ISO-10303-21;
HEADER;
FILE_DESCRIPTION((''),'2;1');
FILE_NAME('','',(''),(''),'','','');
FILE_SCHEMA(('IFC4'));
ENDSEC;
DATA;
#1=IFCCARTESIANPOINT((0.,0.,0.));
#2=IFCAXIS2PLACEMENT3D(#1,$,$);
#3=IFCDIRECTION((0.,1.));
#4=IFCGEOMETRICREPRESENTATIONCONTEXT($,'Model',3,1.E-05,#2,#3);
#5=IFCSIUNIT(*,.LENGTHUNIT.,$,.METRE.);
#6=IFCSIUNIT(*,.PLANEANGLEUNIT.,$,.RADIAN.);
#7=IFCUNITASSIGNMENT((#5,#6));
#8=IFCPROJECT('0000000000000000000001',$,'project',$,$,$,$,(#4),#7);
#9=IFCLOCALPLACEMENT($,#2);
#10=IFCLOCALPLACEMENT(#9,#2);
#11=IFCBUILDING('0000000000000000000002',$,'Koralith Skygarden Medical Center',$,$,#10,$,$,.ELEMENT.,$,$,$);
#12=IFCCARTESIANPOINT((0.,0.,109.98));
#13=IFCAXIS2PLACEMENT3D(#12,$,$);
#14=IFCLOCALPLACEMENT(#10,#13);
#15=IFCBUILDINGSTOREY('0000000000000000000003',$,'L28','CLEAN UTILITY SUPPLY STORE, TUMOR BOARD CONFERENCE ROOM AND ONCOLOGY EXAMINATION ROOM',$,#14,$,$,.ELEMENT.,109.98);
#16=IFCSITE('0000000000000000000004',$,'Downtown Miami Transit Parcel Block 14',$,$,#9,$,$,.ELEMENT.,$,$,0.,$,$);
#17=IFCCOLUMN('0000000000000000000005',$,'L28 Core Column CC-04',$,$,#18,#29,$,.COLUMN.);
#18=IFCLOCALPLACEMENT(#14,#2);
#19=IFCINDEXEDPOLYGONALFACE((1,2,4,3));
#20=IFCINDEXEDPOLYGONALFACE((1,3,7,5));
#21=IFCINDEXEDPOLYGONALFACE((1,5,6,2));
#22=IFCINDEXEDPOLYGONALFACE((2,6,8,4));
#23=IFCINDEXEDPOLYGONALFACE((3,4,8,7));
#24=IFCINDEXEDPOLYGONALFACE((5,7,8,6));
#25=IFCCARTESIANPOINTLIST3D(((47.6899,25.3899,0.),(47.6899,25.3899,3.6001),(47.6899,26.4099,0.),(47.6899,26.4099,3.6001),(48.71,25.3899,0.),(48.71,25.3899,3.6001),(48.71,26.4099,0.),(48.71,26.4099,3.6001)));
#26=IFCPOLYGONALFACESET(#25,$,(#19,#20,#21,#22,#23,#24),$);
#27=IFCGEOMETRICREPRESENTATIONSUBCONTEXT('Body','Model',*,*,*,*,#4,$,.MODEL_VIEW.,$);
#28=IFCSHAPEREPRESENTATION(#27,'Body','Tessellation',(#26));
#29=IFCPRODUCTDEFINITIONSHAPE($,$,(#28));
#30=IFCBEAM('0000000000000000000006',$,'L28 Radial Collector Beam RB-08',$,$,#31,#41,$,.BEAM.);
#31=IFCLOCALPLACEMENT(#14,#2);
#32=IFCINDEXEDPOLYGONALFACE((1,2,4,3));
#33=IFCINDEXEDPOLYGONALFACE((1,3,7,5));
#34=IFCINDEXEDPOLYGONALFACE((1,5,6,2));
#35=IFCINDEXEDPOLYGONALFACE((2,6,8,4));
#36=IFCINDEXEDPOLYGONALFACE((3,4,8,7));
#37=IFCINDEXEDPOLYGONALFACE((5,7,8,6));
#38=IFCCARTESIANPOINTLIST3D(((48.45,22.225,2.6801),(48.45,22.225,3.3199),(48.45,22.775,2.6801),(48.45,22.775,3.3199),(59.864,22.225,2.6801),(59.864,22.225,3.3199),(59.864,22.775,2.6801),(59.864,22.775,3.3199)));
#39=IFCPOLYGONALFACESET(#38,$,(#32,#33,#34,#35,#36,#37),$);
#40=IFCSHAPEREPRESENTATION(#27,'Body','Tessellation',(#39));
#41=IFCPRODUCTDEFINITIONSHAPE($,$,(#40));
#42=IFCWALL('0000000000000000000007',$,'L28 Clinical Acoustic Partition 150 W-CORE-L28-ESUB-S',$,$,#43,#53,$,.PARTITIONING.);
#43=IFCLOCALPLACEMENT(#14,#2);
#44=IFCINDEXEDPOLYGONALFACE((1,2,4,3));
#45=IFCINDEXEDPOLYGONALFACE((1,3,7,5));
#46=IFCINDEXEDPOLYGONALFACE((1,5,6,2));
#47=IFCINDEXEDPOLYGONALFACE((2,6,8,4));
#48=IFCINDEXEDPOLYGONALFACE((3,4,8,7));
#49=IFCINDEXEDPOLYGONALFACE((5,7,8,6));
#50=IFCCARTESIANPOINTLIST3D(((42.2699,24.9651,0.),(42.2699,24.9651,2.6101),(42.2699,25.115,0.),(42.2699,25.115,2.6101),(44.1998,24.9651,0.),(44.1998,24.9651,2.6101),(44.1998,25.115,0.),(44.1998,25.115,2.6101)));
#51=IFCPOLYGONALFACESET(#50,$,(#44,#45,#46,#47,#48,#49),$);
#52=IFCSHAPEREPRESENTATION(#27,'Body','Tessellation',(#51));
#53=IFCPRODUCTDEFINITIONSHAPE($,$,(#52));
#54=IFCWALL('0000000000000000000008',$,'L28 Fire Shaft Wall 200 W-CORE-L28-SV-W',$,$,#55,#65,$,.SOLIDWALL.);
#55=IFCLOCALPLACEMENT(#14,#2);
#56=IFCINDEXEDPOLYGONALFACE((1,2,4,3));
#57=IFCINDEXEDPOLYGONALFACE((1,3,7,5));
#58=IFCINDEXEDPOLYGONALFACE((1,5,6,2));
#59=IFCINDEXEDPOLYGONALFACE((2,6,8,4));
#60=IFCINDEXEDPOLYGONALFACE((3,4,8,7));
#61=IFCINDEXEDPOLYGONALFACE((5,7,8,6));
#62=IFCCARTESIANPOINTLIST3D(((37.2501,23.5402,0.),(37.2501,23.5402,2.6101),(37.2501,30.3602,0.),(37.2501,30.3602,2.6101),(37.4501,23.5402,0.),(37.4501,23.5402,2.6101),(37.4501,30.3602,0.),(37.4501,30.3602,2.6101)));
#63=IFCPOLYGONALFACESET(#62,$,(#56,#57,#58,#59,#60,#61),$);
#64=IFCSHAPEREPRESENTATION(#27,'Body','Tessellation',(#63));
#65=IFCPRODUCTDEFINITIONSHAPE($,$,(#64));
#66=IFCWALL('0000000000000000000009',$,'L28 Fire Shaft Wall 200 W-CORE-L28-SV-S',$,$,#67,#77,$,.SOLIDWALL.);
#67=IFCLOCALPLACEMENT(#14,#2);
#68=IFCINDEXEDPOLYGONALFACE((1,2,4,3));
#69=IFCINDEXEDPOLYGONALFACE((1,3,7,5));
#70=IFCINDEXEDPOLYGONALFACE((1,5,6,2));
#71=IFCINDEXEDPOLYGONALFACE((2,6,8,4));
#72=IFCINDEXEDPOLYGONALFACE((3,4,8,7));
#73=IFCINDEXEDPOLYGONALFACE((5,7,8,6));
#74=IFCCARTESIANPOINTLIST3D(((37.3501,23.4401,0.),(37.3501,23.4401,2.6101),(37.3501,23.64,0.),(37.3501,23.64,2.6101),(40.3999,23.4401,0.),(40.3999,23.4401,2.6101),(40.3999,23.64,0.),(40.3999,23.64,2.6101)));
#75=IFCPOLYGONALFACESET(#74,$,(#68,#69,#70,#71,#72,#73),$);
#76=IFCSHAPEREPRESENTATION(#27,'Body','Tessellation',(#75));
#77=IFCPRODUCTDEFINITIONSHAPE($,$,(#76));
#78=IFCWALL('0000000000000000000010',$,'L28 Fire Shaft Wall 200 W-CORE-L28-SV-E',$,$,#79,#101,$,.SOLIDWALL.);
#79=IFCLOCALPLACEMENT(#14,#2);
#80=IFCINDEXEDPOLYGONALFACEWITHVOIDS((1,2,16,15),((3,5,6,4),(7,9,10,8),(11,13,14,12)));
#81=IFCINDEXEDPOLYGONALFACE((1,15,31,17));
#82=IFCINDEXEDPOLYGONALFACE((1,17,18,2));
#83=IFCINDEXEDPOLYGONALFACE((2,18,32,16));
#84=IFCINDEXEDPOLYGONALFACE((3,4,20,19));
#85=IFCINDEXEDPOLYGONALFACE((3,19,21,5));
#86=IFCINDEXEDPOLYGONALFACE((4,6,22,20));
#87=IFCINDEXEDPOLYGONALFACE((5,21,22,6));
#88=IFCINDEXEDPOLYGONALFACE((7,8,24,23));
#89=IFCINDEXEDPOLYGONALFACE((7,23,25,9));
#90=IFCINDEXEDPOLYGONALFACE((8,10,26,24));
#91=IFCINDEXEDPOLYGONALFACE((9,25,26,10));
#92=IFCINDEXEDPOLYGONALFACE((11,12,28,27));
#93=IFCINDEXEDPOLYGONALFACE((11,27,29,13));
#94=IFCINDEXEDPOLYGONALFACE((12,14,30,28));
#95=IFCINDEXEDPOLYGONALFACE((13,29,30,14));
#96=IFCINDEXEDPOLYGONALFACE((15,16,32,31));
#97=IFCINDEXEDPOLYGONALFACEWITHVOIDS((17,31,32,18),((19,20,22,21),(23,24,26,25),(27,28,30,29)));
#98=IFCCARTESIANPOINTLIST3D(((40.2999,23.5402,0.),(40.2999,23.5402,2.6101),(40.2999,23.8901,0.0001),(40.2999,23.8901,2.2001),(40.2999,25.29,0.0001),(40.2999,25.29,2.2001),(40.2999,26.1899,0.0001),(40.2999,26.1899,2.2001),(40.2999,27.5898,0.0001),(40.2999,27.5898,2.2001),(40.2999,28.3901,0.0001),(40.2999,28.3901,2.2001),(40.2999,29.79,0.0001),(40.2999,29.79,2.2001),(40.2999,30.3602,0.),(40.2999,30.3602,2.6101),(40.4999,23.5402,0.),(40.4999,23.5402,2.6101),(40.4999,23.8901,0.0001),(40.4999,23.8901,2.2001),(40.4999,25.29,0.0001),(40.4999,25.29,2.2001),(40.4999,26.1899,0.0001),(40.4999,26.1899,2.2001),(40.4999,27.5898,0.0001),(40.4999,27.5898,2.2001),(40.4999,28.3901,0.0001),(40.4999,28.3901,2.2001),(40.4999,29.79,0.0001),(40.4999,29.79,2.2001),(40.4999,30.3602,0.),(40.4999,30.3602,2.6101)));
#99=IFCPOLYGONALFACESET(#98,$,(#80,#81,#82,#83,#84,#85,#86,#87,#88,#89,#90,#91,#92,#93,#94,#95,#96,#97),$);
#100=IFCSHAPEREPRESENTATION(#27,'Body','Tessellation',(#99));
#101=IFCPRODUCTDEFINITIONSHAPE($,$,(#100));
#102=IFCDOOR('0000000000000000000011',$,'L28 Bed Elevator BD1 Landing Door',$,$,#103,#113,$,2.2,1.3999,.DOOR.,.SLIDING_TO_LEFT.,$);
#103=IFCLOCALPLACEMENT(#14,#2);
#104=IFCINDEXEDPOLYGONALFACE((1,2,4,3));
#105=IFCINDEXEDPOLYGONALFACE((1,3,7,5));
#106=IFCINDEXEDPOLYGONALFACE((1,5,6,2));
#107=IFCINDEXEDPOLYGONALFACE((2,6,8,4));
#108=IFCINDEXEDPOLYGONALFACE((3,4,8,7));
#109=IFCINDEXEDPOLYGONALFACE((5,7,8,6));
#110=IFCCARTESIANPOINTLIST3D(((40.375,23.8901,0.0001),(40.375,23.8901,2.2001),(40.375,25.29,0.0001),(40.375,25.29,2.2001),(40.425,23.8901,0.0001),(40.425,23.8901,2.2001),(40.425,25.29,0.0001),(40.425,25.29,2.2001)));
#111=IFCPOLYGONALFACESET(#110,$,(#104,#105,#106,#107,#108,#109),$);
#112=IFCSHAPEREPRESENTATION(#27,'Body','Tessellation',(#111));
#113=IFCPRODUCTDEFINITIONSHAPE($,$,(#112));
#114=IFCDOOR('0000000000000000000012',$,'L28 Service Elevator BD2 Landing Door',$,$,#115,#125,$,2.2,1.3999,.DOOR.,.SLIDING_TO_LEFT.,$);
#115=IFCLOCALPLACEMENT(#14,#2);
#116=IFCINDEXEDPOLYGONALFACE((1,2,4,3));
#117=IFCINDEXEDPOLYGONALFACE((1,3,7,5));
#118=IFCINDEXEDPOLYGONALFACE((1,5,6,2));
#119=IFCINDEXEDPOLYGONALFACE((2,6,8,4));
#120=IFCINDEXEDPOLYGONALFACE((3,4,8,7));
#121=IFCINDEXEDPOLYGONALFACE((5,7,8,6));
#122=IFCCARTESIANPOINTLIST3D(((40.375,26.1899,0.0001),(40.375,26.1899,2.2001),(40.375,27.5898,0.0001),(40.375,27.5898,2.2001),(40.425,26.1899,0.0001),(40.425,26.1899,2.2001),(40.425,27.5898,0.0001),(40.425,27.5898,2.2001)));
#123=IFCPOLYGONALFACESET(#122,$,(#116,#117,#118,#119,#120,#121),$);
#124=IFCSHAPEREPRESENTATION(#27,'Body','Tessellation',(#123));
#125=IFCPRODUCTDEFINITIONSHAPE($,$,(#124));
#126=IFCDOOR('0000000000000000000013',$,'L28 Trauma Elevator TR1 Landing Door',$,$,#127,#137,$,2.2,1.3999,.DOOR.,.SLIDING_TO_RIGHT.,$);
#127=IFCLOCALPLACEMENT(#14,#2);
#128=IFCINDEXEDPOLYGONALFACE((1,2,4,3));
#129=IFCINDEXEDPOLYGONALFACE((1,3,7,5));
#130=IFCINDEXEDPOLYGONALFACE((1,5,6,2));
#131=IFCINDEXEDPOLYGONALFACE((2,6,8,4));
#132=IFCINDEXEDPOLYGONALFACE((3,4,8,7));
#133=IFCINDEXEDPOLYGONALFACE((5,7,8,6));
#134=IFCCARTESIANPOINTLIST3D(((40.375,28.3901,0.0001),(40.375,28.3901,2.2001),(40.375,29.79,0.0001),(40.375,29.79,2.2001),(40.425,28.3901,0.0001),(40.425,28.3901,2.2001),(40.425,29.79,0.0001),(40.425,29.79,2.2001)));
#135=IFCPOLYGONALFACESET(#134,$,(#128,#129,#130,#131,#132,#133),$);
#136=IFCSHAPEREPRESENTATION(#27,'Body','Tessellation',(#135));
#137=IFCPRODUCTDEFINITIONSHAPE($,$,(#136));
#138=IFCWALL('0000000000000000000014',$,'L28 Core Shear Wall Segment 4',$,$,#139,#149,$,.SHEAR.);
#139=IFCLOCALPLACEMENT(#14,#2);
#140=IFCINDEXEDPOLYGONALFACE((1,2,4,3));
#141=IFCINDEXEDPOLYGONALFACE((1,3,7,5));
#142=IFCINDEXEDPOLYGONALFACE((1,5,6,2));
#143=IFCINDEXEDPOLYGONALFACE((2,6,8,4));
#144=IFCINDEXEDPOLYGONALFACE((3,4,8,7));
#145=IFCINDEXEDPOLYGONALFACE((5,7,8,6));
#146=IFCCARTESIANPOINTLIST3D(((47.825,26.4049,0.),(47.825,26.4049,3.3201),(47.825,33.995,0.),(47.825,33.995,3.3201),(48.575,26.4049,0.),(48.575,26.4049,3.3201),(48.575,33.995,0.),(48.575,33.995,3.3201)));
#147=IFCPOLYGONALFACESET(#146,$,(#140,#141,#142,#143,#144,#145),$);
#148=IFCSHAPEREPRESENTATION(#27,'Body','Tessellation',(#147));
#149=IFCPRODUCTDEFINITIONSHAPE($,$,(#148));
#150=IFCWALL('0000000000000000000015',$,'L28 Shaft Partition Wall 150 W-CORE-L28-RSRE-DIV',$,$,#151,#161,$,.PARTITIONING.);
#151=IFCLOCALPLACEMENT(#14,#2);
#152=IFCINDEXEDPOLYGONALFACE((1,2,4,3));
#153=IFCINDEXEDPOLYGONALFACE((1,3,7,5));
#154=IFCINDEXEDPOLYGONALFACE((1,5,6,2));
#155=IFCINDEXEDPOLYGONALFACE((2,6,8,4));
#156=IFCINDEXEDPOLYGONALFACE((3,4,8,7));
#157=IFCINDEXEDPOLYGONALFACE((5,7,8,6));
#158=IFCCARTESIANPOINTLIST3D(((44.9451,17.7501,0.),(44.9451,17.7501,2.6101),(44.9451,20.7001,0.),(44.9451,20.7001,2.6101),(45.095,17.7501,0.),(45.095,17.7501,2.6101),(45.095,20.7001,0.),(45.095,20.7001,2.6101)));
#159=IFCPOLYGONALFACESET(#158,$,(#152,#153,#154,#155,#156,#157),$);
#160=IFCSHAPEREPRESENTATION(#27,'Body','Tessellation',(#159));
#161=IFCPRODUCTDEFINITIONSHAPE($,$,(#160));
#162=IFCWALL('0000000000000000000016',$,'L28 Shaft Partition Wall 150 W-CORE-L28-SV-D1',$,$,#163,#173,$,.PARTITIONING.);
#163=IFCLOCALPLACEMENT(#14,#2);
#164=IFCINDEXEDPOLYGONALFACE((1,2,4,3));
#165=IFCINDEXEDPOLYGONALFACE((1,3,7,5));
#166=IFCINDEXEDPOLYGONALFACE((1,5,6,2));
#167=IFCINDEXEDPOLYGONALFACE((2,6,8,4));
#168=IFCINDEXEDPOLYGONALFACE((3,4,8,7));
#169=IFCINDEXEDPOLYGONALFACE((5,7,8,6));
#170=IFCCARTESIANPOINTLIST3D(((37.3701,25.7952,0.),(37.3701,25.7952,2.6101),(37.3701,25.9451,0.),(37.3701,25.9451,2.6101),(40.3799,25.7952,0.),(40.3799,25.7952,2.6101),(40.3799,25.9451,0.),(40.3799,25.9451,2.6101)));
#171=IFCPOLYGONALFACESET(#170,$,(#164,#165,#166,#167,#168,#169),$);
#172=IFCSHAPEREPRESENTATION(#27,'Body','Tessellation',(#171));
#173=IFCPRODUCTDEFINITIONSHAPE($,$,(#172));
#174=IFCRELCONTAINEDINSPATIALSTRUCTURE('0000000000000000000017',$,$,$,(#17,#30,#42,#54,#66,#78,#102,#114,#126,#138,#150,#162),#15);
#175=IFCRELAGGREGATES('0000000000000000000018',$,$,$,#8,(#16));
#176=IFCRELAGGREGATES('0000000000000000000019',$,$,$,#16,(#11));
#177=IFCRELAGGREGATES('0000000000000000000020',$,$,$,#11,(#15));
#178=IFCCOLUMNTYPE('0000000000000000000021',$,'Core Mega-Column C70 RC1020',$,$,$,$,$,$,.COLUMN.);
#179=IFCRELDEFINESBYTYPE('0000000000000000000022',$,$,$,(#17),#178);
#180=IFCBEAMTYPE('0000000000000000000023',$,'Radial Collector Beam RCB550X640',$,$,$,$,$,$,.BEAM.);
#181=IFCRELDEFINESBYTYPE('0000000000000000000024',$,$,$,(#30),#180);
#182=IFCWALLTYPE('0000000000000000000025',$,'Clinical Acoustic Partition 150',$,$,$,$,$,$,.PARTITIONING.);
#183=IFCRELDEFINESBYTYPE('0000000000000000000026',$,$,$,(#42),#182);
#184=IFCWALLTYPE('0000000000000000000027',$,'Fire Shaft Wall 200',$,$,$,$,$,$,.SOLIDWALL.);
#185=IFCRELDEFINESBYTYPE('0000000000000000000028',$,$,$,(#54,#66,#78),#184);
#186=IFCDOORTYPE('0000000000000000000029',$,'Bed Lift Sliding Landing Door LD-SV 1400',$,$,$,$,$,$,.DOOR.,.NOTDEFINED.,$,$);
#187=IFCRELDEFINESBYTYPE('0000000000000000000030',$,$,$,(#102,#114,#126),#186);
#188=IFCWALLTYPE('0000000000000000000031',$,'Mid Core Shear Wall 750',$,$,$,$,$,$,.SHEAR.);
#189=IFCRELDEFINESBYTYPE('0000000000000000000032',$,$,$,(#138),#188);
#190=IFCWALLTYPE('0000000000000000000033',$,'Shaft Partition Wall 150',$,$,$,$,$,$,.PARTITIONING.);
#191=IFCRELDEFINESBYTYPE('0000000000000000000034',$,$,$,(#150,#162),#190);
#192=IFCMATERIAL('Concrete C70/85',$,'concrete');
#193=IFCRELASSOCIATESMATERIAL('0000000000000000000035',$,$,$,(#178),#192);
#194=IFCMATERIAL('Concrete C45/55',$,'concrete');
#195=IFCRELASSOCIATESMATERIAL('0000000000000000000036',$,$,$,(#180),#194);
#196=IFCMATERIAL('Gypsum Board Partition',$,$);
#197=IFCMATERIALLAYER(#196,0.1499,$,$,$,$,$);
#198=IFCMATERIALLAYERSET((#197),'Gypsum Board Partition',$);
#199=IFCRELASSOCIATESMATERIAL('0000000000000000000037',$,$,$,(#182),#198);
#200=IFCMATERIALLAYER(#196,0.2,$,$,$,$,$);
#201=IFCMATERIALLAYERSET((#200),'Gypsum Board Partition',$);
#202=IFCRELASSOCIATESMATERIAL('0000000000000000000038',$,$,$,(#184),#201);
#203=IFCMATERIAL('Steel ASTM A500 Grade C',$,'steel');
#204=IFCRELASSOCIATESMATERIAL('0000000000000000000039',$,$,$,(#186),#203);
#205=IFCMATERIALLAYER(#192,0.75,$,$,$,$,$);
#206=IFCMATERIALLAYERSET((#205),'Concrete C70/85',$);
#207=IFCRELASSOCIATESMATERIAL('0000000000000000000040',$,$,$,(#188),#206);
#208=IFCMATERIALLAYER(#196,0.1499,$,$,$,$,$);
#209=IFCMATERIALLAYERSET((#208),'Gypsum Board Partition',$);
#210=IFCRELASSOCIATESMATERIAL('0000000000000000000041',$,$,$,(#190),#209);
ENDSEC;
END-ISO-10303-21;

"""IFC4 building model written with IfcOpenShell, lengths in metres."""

from ifc_helpers import new_model, si_unit, direction, frame, frame_2d, origin, origin_2d, place, context, subcontext, project, spatial, rectangle, extrude, material, layer, layer_set, material_profile, profile_set, type_object, element, fill, save


model = new_model("IFC4")

# Units and contexts
model_context = context("Model", 3, precision=1e-05, world=origin(), true_north=direction((0.0, 1.0)))
body_context = subcontext(model_context, "Body", "Model", "MODEL_VIEW")
ifc_project = project(units=[si_unit("LENGTHUNIT", "METRE"), si_unit("PLANEANGLEUNIT", "RADIAN")], contexts=[model_context])

# Site, building, storey
site_placement = place(None, origin())
site = spatial("IfcSite", under=ifc_project, at=site_placement, Name="Downtown Miami Transit Parcel Block 14", CompositionType="ELEMENT", RefElevation=0.0)
building_placement = place(site_placement, origin())
building = spatial("IfcBuilding", under=site, at=building_placement, Name="Koralith Skygarden Medical Center", CompositionType="ELEMENT")
storey_placement = place(building_placement, frame((0.0, 0.0, 109.98)))
storey = spatial("IfcBuildingStorey", under=building, at=storey_placement, Name="L28", Description="CLEAN UTILITY SUPPLY STORE, TUMOR BOARD CONFERENCE ROOM AND ONCOLOGY EXAMINATION ROOM", CompositionType="ELEMENT", Elevation=109.98)

# Column
ifc_material_1 = material(Name="Concrete C70/85", Category="concrete")
ifc_material_profile_1 = material_profile(ifc_material_1, rectangle(XDim=1.02, YDim=1.02, at=origin_2d()), Name="RC1020X1020")
ifc_profile_set_1 = profile_set([ifc_material_profile_1], Name="Concrete C70/85")
column_type = type_object("IfcColumnType", Name="Core Mega-Column C70 RC1020", PredefinedType="COLUMN", material=ifc_profile_set_1)
column_placement = place(storey_placement, frame((48.2, 25.8999, 0.0), z_axis=(0.0, 0.0, 1.0), x_axis=(1.0, 0.0, 0.0)))
element("IfcColumn", 1, at=column_placement, inside=storey, type_object=column_type, Name="L28 Core Column CC-04", PredefinedType="COLUMN", context=body_context, shape_type="SweptSolid", body=[
    extrude(rectangle(XDim=1.02, YDim=1.02, at=origin_2d()), origin(), (0.0, 0.0, 1.0), 3.6001),
])

# Beam
ifc_material_2 = material(Name="Concrete C45/55", Category="concrete")
ifc_material_profile_2 = material_profile(ifc_material_2, rectangle(XDim=0.55, YDim=0.6399, at=origin_2d()), Name="RCB550X640")
ifc_profile_set_2 = profile_set([ifc_material_profile_2], Name="Concrete C45/55")
beam_type = type_object("IfcBeamType", Name="Radial Collector Beam RCB550X640", PredefinedType="BEAM", material=ifc_profile_set_2)
beam_placement = place(storey_placement, frame((48.45, 22.5, 3.0), z_axis=(1.0, 0.0, 0.0), x_axis=(0.0, 1.0, 0.0)))
element("IfcBeam", 2, at=beam_placement, inside=storey, type_object=beam_type, Name="L28 Radial Collector Beam RB-08", PredefinedType="BEAM", context=body_context, shape_type="SweptSolid", body=[
    extrude(rectangle(XDim=0.55, YDim=0.6399, at=origin_2d()), origin(), (0.0, 0.0, 1.0), 11.4141),
])

# Shared definitions
ifc_material_3 = material(Name="Gypsum Board Partition")
ifc_layer_1 = layer(ifc_material_3, 0.1499)
ifc_layer_set_1 = layer_set([ifc_layer_1], Name="Gypsum Board Partition")
wall_type_1 = type_object("IfcWallType", Name="Clinical Acoustic Partition 150", PredefinedType="PARTITIONING", material=ifc_layer_set_1)

# Wall
wall_1_placement = place(storey_placement, frame((42.27, 25.04, 0.0), z_axis=(0.0, 0.0, 1.0), x_axis=(1.0, 0.0, 0.0)))
element("IfcWall", 3, at=wall_1_placement, inside=storey, type_object=wall_type_1, Name="L28 Clinical Acoustic Partition 150 W-CORE-L28-ESUB-S", PredefinedType="PARTITIONING", context=body_context, shape_type="SweptSolid", body=[
    extrude(rectangle(XDim=1.9299, YDim=0.1499, at=frame_2d((0.9648, 0.0))), origin(), (0.0, 0.0, 1.0), 2.6101),
])

# Shared definitions
ifc_layer_2 = layer(ifc_material_3, 0.2)
ifc_layer_set_2 = layer_set([ifc_layer_2], Name="Gypsum Board Partition")
wall_type_2 = type_object("IfcWallType", Name="Fire Shaft Wall 200", PredefinedType="SOLIDWALL", material=ifc_layer_set_2)
ifc_material_4 = material(Name="Steel ASTM A500 Grade C", Category="steel")

# Walls
wall_2_placement = place(storey_placement, frame((37.3501, 23.54, 0.0), z_axis=(0.0, 0.0, 1.0), x_axis=(0.0, 1.0, 0.0)))
element("IfcWall", 4, at=wall_2_placement, inside=storey, type_object=wall_type_2, Name="L28 Fire Shaft Wall 200 W-CORE-L28-SV-W", PredefinedType="SOLIDWALL", context=body_context, shape_type="SweptSolid", body=[
    extrude(rectangle(XDim=6.8201, YDim=0.2, at=frame_2d((3.4102, 0.0))), origin(), (0.0, 0.0, 1.0), 2.6101),
])
wall_3_placement = place(storey_placement, frame((37.3501, 23.54, 0.0), z_axis=(0.0, 0.0, 1.0), x_axis=(1.0, 0.0, 0.0)))
element("IfcWall", 5, at=wall_3_placement, inside=storey, type_object=wall_type_2, Name="L28 Fire Shaft Wall 200 W-CORE-L28-SV-S", PredefinedType="SOLIDWALL", context=body_context, shape_type="SweptSolid", body=[
    extrude(rectangle(XDim=3.0498, YDim=0.2, at=frame_2d((1.5249, 0.0))), origin(), (0.0, 0.0, 1.0), 2.6101),
])

# Wall, openings, doors
wall_4_placement = place(storey_placement, frame((40.3999, 23.54, 0.0), z_axis=(0.0, 0.0, 1.0), x_axis=(0.0, 1.0, 0.0)))
wall_4 = element("IfcWall", 6, at=wall_4_placement, inside=storey, type_object=wall_type_2, Name="L28 Fire Shaft Wall 200 W-CORE-L28-SV-E", PredefinedType="SOLIDWALL", context=body_context, shape_type="SweptSolid", body=[
    extrude(rectangle(XDim=6.8201, YDim=0.2, at=frame_2d((3.4102, 0.0))), origin(), (0.0, 0.0, 1.0), 2.6101),
])
opening_1_placement = place(wall_4_placement, frame((0.3501, 0.0, 0.0)))
opening_1 = element("IfcOpeningElement", 7, at=opening_1_placement, cuts=wall_4, PredefinedType="OPENING", context=body_context, shape_type="SweptSolid", body=[
    extrude(rectangle(XDim=1.3999, YDim=2.2, at=frame_2d((0.7, 1.1001))), frame((0.0, 0.1099, 0.0), z_axis=(0.0, -1.0, 0.0), x_axis=(1.0, 0.0, 0.0)), (0.0, 0.0, 1.0), 0.22),
])
opening_2_placement = place(wall_4_placement, frame((2.6499, 0.0, 0.0)))
opening_2 = element("IfcOpeningElement", 8, at=opening_2_placement, cuts=wall_4, PredefinedType="OPENING", context=body_context, shape_type="SweptSolid", body=[
    extrude(rectangle(XDim=1.3999, YDim=2.2, at=frame_2d((0.7, 1.1001))), frame((0.0, 0.1099, 0.0), z_axis=(0.0, -1.0, 0.0), x_axis=(1.0, 0.0, 0.0)), (0.0, 0.0, 1.0), 0.22),
])
opening_3_placement = place(wall_4_placement, frame((4.8501, 0.0, 0.0)))
opening_3 = element("IfcOpeningElement", 9, at=opening_3_placement, cuts=wall_4, PredefinedType="OPENING", context=body_context, shape_type="SweptSolid", body=[
    extrude(rectangle(XDim=1.3999, YDim=2.2, at=frame_2d((0.7, 1.1001))), frame((0.0, 0.1099, 0.0), z_axis=(0.0, -1.0, 0.0), x_axis=(1.0, 0.0, 0.0)), (0.0, 0.0, 1.0), 0.22),
])
door_type_1 = type_object("IfcDoorType", Name="Bed Lift Sliding Landing Door LD-SV 1400", OperationType="NOTDEFINED", PredefinedType="DOOR", material=ifc_material_4)
door_1_placement = place(opening_1_placement, origin())
door_1 = element("IfcDoor", 10, at=door_1_placement, inside=storey, type_object=door_type_1, Name="L28 Bed Elevator BD1 Landing Door", OperationType="SLIDING_TO_LEFT", OverallHeight=2.2, OverallWidth=1.3999, PredefinedType="DOOR", context=body_context, shape_type="SweptSolid", body=[
    extrude(rectangle(XDim=1.3999, YDim=2.2, at=frame_2d((0.7, 1.1001))), frame((0.0, 0.0249, 0.0), z_axis=(0.0, -1.0, 0.0), x_axis=(1.0, 0.0, 0.0)), (0.0, 0.0, 1.0), 0.05),
])
fill(opening_1, door_1)
door_2_placement = place(opening_2_placement, origin())
door_2 = element("IfcDoor", 11, at=door_2_placement, inside=storey, type_object=door_type_1, Name="L28 Service Elevator BD2 Landing Door", OperationType="SLIDING_TO_LEFT", OverallHeight=2.2, OverallWidth=1.3999, PredefinedType="DOOR", context=body_context, shape_type="SweptSolid", body=[
    extrude(rectangle(XDim=1.3999, YDim=2.2, at=frame_2d((0.7, 1.1001))), frame((0.0, 0.0249, 0.0), z_axis=(0.0, -1.0, 0.0), x_axis=(1.0, 0.0, 0.0)), (0.0, 0.0, 1.0), 0.05),
])
fill(opening_2, door_2)
door_3_placement = place(opening_3_placement, origin())
door_3 = element("IfcDoor", 12, at=door_3_placement, inside=storey, type_object=door_type_1, Name="L28 Trauma Elevator TR1 Landing Door", OperationType="SLIDING_TO_RIGHT", OverallHeight=2.2, OverallWidth=1.3999, PredefinedType="DOOR", context=body_context, shape_type="SweptSolid", body=[
    extrude(rectangle(XDim=1.3999, YDim=2.2, at=frame_2d((0.7, 1.1001))), frame((0.0, 0.0249, 0.0), z_axis=(0.0, -1.0, 0.0), x_axis=(1.0, 0.0, 0.0)), (0.0, 0.0, 1.0), 0.05),
])
fill(opening_3, door_3)

# Shared definitions
ifc_layer_3 = layer(ifc_material_1, 0.75)
ifc_layer_set_3 = layer_set([ifc_layer_3], Name="Concrete C70/85")
wall_type_3 = type_object("IfcWallType", Name="Mid Core Shear Wall 750", PredefinedType="SHEAR", material=ifc_layer_set_3)

# Walls
wall_5_placement = place(storey_placement, frame((48.2, 26.405, 0.0), z_axis=(0.0, 0.0, 1.0), x_axis=(0.0, 1.0, 0.0)))
element("IfcWall", 13, at=wall_5_placement, inside=storey, type_object=wall_type_3, Name="L28 Core Shear Wall Segment 4", PredefinedType="SHEAR", context=body_context, shape_type="SweptSolid", body=[
    extrude(rectangle(XDim=7.5901, YDim=0.75, at=frame_2d((3.7949, 0.0))), origin(), (0.0, 0.0, 1.0), 3.3201),
])
ifc_layer_4 = layer(ifc_material_3, 0.1499)
ifc_layer_set_4 = layer_set([ifc_layer_4], Name="Gypsum Board Partition")
wall_type_4 = type_object("IfcWallType", Name="Shaft Partition Wall 150", PredefinedType="PARTITIONING", material=ifc_layer_set_4)
wall_6_placement = place(storey_placement, frame((45.02, 17.75, 0.0), z_axis=(0.0, 0.0, 1.0), x_axis=(0.0, 1.0, 0.0)))
element("IfcWall", 14, at=wall_6_placement, inside=storey, type_object=wall_type_4, Name="L28 Shaft Partition Wall 150 W-CORE-L28-RSRE-DIV", PredefinedType="PARTITIONING", context=body_context, shape_type="SweptSolid", body=[
    extrude(rectangle(XDim=2.95, YDim=0.1499, at=frame_2d((1.4751, 0.0))), origin(), (0.0, 0.0, 1.0), 2.6101),
])
wall_7_placement = place(storey_placement, frame((37.3701, 25.8701, 0.0), z_axis=(0.0, 0.0, 1.0), x_axis=(1.0, 0.0, 0.0)))
element("IfcWall", 15, at=wall_7_placement, inside=storey, type_object=wall_type_4, Name="L28 Shaft Partition Wall 150 W-CORE-L28-SV-D1", PredefinedType="PARTITIONING", context=body_context, shape_type="SweptSolid", body=[
    extrude(rectangle(XDim=3.0098, YDim=0.1499, at=frame_2d((1.5049, 0.0))), origin(), (0.0, 0.0, 1.0), 2.6101),
])

save(model, "model.ifc")
